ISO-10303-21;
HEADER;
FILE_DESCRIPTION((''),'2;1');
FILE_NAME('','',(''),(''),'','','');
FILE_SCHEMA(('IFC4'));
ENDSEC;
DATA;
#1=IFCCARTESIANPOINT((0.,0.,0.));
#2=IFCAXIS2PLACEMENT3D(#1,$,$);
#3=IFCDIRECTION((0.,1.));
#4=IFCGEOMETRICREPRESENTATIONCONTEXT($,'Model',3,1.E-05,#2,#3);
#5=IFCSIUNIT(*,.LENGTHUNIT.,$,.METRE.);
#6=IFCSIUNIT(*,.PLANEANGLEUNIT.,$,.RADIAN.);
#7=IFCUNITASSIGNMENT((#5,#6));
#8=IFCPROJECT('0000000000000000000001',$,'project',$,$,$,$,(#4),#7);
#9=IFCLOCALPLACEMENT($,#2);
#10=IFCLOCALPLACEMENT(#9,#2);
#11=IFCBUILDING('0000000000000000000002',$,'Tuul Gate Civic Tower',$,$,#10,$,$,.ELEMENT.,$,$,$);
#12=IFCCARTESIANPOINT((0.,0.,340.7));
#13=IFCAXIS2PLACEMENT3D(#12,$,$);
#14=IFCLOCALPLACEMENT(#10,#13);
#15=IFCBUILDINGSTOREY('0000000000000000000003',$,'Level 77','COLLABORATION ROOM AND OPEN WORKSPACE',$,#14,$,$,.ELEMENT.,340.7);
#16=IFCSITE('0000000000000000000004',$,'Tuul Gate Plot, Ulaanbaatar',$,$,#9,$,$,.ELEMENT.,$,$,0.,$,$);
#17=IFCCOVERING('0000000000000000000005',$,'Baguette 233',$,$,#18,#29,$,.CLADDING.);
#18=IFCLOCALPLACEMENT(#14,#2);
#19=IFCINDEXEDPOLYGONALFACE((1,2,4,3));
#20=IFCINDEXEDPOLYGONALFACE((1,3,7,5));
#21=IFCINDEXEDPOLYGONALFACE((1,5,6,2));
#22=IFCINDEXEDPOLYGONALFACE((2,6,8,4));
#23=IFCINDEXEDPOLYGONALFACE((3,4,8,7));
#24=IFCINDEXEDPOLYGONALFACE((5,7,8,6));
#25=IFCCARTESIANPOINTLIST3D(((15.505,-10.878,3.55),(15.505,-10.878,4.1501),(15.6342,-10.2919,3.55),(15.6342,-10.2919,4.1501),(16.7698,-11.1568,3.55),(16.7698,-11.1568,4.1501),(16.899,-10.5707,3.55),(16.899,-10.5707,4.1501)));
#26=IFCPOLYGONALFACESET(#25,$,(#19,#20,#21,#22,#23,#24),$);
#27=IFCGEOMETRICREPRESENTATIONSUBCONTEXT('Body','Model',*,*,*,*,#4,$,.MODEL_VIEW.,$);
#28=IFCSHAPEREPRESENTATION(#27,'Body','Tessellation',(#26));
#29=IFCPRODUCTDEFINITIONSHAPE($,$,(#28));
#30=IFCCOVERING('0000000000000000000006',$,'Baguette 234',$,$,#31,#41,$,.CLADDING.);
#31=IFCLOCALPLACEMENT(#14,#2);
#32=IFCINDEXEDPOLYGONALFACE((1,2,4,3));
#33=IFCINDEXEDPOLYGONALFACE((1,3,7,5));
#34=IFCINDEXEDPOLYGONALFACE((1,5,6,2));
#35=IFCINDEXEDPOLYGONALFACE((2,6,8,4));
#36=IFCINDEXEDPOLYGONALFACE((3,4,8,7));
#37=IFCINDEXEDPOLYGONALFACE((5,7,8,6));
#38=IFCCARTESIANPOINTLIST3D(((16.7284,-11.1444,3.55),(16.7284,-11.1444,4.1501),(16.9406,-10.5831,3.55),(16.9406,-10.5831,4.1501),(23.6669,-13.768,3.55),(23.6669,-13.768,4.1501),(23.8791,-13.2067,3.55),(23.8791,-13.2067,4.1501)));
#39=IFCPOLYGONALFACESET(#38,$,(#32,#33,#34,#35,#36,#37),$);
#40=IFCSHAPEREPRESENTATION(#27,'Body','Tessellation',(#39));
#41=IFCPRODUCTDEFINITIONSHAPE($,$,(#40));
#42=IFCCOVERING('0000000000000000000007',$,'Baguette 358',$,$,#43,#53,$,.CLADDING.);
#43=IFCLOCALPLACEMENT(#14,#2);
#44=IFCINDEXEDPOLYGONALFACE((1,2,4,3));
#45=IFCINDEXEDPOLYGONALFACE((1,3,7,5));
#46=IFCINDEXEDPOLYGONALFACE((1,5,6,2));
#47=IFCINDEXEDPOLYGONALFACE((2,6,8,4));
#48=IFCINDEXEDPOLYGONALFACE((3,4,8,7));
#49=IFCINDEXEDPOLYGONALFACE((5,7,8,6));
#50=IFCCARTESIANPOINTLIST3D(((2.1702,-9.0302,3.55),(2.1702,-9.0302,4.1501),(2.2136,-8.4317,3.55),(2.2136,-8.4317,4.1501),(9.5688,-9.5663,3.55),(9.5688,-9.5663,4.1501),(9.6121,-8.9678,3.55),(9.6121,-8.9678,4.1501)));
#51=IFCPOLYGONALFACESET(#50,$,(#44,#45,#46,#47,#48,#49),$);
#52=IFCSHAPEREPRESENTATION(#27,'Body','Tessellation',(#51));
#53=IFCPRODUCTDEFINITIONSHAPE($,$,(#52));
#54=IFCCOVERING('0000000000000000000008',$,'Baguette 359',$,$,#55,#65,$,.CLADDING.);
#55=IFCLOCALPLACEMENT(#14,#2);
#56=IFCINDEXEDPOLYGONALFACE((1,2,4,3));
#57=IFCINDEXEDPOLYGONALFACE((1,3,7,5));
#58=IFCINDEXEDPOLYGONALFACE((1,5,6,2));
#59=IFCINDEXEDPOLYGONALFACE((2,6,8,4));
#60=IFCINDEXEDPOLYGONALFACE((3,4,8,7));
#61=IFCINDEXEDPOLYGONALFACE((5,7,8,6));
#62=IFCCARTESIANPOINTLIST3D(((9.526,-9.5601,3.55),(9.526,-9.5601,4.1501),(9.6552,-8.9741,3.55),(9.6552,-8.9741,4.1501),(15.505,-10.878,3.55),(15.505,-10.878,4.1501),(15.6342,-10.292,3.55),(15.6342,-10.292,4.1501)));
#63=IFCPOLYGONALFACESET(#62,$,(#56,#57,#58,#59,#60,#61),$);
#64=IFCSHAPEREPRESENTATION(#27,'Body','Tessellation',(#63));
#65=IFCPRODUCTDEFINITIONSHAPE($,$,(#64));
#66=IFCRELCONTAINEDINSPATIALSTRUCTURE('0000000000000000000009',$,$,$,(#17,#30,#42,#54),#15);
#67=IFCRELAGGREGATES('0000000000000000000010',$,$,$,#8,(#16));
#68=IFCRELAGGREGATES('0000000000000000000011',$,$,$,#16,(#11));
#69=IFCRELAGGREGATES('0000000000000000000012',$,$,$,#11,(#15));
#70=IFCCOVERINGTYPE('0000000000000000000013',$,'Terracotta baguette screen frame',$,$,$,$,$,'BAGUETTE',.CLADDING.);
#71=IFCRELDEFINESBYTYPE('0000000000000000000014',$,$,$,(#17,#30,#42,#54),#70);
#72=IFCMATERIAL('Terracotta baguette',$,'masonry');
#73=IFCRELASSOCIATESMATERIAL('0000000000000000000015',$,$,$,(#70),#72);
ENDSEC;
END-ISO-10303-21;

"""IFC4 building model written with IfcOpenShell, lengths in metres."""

from ifc_helpers import new_model, si_unit, direction, frame, origin, origin_2d, place, context, subcontext, project, spatial, rectangle, extrude, material, material_profile, profile_set, type_object, element, save


model = new_model("IFC4")

# Units and contexts
model_context = context("Model", 3, precision=1e-05, world=origin(), true_north=direction((0.0, 1.0)))
body_context = subcontext(model_context, "Body", "Model", "MODEL_VIEW")
ifc_project = project(units=[si_unit("LENGTHUNIT", "METRE"), si_unit("PLANEANGLEUNIT", "RADIAN")], contexts=[model_context])

# Site, building, storey
site_placement = place(None, origin())
site = spatial("IfcSite", under=ifc_project, at=site_placement, Name="Tuul Gate Plot, Ulaanbaatar", CompositionType="ELEMENT", RefElevation=0.0)
building_placement = place(site_placement, origin())
building = spatial("IfcBuilding", under=site, at=building_placement, Name="Tuul Gate Civic Tower", CompositionType="ELEMENT")
storey_placement = place(building_placement, frame((0.0, 0.0, 340.7)))
storey = spatial("IfcBuildingStorey", under=building, at=storey_placement, Name="Level 77", Description="COLLABORATION ROOM AND OPEN WORKSPACE", CompositionType="ELEMENT", Elevation=340.7)

# Coverings
ifc_material_1 = material(Name="Terracotta baguette", Category="masonry")
ifc_material_profile_1 = material_profile(ifc_material_1, rectangle(XDim=0.6001, YDim=0.6001, at=origin_2d()), Name="Terracotta baguette screen frame")
ifc_profile_set_1 = profile_set([ifc_material_profile_1], Name="Terracotta baguette")
covering_type = type_object("IfcCoveringType", Name="Terracotta baguette screen frame", ElementType="BAGUETTE", PredefinedType="CLADDING", material=ifc_profile_set_1)
covering_1_placement = place(storey_placement, frame((15.5696, -10.585, 3.8501), z_axis=(0.976558, -0.215254, 0.0), x_axis=(0.215254, 0.976558, 0.0)))
element("IfcCovering", 1, at=covering_1_placement, inside=storey, type_object=covering_type, Name="Baguette 233", PredefinedType="CLADDING", context=body_context, shape_type="SweptSolid", body=[
    extrude(rectangle(XDim=0.6001, YDim=0.6001, at=origin_2d()), origin(), (0.0, 0.0, 1.0), 1.2952),
])
for number, where, z_axis, x_axis, name in (
    (2, (16.8345, -10.8638, 3.8501), (0.935368, -0.353676, 0.0), (0.353676, 0.935368, 0.0), "Baguette 234"),
    (3, (2.1919, -8.731, 3.8501), (0.997385, -0.072274, 0.0), (0.072274, 0.997385, 0.0), "Baguette 358"),
):
    element("IfcCovering", number, at=place(storey_placement, frame(where, z_axis=z_axis, x_axis=x_axis)), inside=storey, type_object=covering_type, Name=name, PredefinedType="CLADDING", context=body_context, shape_type="SweptSolid", body=[
        extrude(rectangle(XDim=0.6001, YDim=0.6001, at=origin_2d()), origin(), (0.0, 0.0, 1.0), 7.418),
    ])
covering_2_placement = place(storey_placement, frame((9.5906, -9.2671, 3.8501), z_axis=(0.976559, -0.21525, 0.0), x_axis=(0.21525, 0.976559, 0.0)))
element("IfcCovering", 4, at=covering_2_placement, inside=storey, type_object=covering_type, Name="Baguette 359", PredefinedType="CLADDING", context=body_context, shape_type="SweptSolid", body=[
    extrude(rectangle(XDim=0.6001, YDim=0.6001, at=origin_2d()), origin(), (0.0, 0.0, 1.0), 6.1226),
])

save(model, "model.ifc")
